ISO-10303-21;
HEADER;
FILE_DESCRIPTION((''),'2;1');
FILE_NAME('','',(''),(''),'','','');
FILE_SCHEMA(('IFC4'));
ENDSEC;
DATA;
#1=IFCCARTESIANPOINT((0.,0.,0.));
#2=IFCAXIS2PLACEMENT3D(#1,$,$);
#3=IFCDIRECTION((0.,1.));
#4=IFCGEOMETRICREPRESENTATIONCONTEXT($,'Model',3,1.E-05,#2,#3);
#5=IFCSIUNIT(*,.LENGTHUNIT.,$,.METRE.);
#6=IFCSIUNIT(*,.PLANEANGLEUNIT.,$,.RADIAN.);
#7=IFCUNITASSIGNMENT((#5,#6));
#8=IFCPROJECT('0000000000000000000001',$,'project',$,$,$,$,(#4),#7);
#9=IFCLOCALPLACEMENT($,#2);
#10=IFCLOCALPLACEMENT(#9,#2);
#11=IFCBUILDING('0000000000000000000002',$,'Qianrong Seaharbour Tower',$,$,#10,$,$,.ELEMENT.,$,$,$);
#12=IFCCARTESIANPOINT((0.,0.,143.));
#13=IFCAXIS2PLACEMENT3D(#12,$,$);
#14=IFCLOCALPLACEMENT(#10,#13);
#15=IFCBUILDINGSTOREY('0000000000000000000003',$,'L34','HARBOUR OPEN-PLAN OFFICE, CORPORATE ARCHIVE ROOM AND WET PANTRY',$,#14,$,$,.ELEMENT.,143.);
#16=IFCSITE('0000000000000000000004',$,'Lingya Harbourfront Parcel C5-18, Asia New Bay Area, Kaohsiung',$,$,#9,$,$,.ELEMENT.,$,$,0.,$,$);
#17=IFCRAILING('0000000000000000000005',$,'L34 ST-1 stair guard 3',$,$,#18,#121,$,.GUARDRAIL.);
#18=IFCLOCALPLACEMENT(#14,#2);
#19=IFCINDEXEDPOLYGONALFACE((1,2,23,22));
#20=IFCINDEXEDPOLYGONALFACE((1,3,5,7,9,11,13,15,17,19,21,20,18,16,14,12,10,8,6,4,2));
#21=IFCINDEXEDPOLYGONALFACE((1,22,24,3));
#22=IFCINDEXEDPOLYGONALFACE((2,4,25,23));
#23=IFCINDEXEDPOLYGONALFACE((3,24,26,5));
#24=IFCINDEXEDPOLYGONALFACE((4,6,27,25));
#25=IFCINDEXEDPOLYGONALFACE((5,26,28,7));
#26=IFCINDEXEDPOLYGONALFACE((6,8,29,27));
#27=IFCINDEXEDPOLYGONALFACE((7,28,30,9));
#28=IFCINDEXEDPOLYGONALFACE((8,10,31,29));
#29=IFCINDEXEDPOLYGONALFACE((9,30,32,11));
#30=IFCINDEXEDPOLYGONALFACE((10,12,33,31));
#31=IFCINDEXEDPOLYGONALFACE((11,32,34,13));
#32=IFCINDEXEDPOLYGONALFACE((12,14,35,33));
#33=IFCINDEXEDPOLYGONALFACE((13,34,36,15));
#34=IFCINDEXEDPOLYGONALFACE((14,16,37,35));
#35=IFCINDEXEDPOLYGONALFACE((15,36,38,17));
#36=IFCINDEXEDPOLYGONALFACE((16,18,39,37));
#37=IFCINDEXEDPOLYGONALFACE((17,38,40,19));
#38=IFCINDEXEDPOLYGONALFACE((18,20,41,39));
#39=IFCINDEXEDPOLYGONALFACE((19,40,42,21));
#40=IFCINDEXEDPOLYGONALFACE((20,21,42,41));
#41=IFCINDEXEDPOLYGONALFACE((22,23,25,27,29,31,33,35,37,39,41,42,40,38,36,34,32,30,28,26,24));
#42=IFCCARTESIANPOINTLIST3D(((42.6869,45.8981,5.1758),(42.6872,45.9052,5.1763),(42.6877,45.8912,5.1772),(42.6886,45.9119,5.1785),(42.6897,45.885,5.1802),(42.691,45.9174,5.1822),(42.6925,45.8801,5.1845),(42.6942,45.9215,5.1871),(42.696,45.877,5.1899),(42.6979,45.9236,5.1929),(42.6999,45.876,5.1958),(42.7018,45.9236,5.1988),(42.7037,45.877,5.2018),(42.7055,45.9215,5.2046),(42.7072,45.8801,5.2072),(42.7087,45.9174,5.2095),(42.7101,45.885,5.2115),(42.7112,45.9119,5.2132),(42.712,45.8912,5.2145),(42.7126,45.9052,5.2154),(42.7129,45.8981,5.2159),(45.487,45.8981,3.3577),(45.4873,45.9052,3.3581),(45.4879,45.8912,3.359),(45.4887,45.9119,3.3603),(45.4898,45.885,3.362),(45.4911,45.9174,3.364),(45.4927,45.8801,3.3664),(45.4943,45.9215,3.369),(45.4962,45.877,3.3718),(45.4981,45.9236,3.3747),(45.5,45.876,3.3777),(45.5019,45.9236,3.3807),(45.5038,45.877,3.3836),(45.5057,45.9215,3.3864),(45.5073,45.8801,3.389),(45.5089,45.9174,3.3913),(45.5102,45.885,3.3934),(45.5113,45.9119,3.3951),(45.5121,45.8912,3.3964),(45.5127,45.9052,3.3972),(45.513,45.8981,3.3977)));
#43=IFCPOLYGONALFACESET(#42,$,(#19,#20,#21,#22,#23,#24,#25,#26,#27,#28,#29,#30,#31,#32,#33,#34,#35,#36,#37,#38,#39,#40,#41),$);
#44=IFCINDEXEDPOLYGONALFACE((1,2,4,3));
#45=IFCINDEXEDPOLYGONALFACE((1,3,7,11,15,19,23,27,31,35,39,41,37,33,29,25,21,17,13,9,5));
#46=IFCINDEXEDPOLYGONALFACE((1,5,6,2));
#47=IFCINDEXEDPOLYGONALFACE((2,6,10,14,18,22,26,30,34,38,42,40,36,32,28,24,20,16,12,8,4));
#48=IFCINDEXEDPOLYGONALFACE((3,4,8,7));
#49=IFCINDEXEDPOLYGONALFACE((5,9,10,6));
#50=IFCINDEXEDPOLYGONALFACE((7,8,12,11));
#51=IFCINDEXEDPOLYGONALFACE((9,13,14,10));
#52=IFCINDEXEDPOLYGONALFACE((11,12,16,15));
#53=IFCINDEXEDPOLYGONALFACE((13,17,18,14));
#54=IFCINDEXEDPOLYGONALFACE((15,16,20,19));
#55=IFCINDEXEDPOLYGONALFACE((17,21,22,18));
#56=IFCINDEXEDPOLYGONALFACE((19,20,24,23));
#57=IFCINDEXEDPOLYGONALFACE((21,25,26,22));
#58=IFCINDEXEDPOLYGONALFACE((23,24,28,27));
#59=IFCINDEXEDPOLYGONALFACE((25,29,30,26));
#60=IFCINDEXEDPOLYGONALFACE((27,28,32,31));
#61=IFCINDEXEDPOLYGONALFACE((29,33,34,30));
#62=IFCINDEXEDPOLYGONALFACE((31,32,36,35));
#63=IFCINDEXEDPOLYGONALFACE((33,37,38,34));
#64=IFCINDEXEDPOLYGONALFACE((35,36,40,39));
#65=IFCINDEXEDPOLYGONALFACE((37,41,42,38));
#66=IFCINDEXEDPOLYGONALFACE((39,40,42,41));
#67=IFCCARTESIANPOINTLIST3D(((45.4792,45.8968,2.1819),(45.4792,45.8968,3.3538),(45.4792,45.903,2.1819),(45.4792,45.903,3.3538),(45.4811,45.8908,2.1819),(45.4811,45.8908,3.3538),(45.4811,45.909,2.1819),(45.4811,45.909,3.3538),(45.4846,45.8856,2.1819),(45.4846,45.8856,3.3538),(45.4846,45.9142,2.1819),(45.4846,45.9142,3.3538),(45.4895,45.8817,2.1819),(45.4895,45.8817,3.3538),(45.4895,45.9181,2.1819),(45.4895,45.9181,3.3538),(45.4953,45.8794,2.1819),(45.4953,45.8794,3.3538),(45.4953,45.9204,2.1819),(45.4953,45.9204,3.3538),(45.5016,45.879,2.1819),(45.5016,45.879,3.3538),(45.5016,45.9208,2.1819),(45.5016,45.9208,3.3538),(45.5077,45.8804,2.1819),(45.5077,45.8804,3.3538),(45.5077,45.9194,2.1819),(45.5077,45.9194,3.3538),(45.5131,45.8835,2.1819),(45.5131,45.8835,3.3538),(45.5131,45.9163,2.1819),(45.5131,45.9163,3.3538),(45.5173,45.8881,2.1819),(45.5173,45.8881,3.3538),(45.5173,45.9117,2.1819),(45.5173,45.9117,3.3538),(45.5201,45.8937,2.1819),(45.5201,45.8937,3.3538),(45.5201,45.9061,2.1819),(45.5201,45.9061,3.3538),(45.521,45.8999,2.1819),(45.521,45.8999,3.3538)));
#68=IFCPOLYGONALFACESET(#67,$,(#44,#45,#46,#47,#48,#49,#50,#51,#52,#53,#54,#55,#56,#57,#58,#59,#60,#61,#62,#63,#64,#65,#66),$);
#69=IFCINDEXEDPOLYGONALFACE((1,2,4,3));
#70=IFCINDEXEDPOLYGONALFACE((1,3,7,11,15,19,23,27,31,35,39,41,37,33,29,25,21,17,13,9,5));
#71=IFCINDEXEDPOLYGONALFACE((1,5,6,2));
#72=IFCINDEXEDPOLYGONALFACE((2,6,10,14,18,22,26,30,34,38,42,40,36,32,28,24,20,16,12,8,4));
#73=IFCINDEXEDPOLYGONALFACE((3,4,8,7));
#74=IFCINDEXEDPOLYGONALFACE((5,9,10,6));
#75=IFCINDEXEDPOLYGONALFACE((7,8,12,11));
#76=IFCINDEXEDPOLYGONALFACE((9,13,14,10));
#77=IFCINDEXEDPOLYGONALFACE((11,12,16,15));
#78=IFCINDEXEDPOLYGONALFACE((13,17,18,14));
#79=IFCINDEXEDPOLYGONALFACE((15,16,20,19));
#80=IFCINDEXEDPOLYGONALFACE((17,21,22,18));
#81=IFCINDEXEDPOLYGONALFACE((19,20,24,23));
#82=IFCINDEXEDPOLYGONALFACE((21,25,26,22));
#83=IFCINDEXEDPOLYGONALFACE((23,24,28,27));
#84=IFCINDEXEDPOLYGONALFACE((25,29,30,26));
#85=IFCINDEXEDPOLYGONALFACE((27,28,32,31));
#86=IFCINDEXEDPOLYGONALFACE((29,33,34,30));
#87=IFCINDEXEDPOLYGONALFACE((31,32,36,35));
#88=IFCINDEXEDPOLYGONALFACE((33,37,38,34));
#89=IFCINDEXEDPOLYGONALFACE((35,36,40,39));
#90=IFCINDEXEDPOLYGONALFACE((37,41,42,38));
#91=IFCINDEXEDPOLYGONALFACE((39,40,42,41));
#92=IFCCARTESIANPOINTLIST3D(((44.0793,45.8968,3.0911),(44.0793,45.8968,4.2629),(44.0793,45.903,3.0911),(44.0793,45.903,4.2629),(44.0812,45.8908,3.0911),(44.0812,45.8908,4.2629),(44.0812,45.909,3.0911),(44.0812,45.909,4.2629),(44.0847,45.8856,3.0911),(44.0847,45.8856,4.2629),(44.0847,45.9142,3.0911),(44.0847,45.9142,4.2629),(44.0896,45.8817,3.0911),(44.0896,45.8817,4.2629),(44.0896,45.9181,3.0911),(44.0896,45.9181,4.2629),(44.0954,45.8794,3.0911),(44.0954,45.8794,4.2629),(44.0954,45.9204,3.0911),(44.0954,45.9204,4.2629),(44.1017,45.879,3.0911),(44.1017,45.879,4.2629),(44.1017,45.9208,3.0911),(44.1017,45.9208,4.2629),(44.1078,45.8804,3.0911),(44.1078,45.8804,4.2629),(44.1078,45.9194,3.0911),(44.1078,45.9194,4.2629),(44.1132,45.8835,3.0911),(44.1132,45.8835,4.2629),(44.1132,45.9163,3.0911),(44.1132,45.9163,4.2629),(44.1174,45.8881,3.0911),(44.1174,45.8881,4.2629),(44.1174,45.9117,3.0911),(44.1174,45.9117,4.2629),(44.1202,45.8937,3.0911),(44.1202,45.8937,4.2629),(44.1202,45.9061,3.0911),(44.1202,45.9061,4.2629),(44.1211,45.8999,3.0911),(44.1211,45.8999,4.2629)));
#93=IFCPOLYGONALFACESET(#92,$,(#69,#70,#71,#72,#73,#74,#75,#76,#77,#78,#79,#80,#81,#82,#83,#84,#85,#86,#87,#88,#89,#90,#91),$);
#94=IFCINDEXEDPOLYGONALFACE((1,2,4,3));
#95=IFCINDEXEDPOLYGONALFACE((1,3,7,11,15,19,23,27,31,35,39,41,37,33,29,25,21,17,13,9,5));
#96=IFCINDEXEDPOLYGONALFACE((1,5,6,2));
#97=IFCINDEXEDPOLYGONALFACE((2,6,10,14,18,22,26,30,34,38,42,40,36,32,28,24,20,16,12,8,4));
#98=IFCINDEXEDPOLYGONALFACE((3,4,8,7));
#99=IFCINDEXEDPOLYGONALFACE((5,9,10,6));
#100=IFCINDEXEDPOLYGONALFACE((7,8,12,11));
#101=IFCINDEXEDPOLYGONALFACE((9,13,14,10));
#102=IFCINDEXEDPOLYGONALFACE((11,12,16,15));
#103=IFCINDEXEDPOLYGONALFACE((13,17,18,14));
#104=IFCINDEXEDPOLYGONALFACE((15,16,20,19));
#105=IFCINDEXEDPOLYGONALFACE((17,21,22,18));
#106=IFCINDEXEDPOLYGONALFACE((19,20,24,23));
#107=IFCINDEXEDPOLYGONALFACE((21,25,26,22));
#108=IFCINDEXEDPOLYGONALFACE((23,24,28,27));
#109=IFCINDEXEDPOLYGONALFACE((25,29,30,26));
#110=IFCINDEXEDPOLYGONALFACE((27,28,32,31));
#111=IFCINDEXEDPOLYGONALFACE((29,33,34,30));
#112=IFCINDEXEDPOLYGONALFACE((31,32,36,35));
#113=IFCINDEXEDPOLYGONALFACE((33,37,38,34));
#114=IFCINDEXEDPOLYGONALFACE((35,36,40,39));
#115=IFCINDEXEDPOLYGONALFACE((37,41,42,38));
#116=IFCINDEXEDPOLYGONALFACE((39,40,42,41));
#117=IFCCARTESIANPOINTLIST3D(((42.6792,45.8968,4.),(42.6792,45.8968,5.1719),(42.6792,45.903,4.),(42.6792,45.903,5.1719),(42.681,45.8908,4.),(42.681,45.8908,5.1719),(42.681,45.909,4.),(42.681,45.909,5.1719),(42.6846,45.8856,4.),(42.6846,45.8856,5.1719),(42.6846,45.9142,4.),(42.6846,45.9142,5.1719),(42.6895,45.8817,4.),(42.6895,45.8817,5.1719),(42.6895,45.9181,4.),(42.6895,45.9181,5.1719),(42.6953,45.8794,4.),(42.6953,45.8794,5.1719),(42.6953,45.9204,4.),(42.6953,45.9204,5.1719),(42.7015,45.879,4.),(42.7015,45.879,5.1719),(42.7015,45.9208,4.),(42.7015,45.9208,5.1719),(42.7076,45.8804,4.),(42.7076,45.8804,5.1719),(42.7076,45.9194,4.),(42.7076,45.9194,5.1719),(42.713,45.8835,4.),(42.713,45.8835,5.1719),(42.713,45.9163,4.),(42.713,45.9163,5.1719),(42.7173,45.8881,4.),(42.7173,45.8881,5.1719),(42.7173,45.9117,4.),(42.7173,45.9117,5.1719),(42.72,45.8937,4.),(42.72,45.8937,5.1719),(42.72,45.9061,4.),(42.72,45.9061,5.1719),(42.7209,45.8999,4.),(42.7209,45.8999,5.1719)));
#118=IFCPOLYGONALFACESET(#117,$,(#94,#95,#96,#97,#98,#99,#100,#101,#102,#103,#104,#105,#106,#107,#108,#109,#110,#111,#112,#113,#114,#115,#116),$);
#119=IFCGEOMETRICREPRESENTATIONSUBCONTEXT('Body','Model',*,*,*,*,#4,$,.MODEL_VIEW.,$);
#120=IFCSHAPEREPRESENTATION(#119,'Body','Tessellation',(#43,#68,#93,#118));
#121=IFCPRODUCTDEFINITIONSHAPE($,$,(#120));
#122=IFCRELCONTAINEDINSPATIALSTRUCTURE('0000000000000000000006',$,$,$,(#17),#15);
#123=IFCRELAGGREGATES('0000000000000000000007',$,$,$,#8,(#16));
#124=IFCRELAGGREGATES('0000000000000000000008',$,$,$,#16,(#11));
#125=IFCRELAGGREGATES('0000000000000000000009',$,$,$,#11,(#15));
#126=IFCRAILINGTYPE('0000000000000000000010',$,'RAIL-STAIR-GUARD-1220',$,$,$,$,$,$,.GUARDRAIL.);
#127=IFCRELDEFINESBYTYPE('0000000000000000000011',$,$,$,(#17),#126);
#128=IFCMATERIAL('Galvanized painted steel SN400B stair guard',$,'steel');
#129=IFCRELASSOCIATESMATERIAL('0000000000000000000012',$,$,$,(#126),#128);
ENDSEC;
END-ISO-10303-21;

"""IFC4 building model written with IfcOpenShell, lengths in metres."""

from ifc_helpers import new_model, si_unit, direction, frame, origin, origin_2d, place, context, subcontext, project, spatial, circle, extrude, material, type_object, element, save


model = new_model("IFC4")

# Units and contexts
model_context = context("Model", 3, precision=1e-05, world=origin(), true_north=direction((0.0, 1.0)))
body_context = subcontext(model_context, "Body", "Model", "MODEL_VIEW")
ifc_project = project(units=[si_unit("LENGTHUNIT", "METRE"), si_unit("PLANEANGLEUNIT", "RADIAN")], contexts=[model_context])

# Site, building, storey
site_placement = place(None, origin())
site = spatial("IfcSite", under=ifc_project, at=site_placement, Name="Lingya Harbourfront Parcel C5-18, Asia New Bay Area, Kaohsiung", CompositionType="ELEMENT", RefElevation=0.0)
building_placement = place(site_placement, origin())
building = spatial("IfcBuilding", under=site, at=building_placement, Name="Qianrong Seaharbour Tower", CompositionType="ELEMENT")
storey_placement = place(building_placement, frame((0.0, 0.0, 143.0)))
storey = spatial("IfcBuildingStorey", under=building, at=storey_placement, Name="L34", Description="HARBOUR OPEN-PLAN OFFICE, CORPORATE ARCHIVE ROOM AND WET PANTRY", CompositionType="ELEMENT", Elevation=143.0)

# Railing
ifc_material_1 = material(Name="Galvanized painted steel SN400B stair guard", Category="steel")
railing_type_1 = type_object("IfcRailingType", Name="RAIL-STAIR-GUARD-1220", PredefinedType="GUARDRAIL", material=ifc_material_1)
railing_1_placement = place(storey_placement, frame((45.5, 45.8999, 2.1819)))
element("IfcRailing", 1, at=railing_1_placement, inside=storey, type_object=railing_type_1, Name="L34 ST-1 stair guard 3", PredefinedType="GUARDRAIL", context=body_context, shape_type="SweptSolid", body=[
    extrude(circle(Radius=0.0239, at=origin_2d()), frame((0.0, 0.0, 1.1958), z_axis=(-0.838706, 0.0, 0.544585), x_axis=(0.0, -1.0, 0.0)), (0.0, 0.0, 1.0), 3.3386),
    extrude(circle(Radius=0.021, at=origin_2d()), origin(), (0.0, 0.0, 1.0), 1.1719),
    extrude(circle(Radius=0.021, at=origin_2d()), frame((-1.3999, 0.0, 0.9092)), (0.0, 0.0, 1.0), 1.1719),
    extrude(circle(Radius=0.021, at=origin_2d()), frame((-2.8, 0.0, 1.8181)), (0.0, 0.0, 1.0), 1.1719),
])

save(model, "model.ifc")
